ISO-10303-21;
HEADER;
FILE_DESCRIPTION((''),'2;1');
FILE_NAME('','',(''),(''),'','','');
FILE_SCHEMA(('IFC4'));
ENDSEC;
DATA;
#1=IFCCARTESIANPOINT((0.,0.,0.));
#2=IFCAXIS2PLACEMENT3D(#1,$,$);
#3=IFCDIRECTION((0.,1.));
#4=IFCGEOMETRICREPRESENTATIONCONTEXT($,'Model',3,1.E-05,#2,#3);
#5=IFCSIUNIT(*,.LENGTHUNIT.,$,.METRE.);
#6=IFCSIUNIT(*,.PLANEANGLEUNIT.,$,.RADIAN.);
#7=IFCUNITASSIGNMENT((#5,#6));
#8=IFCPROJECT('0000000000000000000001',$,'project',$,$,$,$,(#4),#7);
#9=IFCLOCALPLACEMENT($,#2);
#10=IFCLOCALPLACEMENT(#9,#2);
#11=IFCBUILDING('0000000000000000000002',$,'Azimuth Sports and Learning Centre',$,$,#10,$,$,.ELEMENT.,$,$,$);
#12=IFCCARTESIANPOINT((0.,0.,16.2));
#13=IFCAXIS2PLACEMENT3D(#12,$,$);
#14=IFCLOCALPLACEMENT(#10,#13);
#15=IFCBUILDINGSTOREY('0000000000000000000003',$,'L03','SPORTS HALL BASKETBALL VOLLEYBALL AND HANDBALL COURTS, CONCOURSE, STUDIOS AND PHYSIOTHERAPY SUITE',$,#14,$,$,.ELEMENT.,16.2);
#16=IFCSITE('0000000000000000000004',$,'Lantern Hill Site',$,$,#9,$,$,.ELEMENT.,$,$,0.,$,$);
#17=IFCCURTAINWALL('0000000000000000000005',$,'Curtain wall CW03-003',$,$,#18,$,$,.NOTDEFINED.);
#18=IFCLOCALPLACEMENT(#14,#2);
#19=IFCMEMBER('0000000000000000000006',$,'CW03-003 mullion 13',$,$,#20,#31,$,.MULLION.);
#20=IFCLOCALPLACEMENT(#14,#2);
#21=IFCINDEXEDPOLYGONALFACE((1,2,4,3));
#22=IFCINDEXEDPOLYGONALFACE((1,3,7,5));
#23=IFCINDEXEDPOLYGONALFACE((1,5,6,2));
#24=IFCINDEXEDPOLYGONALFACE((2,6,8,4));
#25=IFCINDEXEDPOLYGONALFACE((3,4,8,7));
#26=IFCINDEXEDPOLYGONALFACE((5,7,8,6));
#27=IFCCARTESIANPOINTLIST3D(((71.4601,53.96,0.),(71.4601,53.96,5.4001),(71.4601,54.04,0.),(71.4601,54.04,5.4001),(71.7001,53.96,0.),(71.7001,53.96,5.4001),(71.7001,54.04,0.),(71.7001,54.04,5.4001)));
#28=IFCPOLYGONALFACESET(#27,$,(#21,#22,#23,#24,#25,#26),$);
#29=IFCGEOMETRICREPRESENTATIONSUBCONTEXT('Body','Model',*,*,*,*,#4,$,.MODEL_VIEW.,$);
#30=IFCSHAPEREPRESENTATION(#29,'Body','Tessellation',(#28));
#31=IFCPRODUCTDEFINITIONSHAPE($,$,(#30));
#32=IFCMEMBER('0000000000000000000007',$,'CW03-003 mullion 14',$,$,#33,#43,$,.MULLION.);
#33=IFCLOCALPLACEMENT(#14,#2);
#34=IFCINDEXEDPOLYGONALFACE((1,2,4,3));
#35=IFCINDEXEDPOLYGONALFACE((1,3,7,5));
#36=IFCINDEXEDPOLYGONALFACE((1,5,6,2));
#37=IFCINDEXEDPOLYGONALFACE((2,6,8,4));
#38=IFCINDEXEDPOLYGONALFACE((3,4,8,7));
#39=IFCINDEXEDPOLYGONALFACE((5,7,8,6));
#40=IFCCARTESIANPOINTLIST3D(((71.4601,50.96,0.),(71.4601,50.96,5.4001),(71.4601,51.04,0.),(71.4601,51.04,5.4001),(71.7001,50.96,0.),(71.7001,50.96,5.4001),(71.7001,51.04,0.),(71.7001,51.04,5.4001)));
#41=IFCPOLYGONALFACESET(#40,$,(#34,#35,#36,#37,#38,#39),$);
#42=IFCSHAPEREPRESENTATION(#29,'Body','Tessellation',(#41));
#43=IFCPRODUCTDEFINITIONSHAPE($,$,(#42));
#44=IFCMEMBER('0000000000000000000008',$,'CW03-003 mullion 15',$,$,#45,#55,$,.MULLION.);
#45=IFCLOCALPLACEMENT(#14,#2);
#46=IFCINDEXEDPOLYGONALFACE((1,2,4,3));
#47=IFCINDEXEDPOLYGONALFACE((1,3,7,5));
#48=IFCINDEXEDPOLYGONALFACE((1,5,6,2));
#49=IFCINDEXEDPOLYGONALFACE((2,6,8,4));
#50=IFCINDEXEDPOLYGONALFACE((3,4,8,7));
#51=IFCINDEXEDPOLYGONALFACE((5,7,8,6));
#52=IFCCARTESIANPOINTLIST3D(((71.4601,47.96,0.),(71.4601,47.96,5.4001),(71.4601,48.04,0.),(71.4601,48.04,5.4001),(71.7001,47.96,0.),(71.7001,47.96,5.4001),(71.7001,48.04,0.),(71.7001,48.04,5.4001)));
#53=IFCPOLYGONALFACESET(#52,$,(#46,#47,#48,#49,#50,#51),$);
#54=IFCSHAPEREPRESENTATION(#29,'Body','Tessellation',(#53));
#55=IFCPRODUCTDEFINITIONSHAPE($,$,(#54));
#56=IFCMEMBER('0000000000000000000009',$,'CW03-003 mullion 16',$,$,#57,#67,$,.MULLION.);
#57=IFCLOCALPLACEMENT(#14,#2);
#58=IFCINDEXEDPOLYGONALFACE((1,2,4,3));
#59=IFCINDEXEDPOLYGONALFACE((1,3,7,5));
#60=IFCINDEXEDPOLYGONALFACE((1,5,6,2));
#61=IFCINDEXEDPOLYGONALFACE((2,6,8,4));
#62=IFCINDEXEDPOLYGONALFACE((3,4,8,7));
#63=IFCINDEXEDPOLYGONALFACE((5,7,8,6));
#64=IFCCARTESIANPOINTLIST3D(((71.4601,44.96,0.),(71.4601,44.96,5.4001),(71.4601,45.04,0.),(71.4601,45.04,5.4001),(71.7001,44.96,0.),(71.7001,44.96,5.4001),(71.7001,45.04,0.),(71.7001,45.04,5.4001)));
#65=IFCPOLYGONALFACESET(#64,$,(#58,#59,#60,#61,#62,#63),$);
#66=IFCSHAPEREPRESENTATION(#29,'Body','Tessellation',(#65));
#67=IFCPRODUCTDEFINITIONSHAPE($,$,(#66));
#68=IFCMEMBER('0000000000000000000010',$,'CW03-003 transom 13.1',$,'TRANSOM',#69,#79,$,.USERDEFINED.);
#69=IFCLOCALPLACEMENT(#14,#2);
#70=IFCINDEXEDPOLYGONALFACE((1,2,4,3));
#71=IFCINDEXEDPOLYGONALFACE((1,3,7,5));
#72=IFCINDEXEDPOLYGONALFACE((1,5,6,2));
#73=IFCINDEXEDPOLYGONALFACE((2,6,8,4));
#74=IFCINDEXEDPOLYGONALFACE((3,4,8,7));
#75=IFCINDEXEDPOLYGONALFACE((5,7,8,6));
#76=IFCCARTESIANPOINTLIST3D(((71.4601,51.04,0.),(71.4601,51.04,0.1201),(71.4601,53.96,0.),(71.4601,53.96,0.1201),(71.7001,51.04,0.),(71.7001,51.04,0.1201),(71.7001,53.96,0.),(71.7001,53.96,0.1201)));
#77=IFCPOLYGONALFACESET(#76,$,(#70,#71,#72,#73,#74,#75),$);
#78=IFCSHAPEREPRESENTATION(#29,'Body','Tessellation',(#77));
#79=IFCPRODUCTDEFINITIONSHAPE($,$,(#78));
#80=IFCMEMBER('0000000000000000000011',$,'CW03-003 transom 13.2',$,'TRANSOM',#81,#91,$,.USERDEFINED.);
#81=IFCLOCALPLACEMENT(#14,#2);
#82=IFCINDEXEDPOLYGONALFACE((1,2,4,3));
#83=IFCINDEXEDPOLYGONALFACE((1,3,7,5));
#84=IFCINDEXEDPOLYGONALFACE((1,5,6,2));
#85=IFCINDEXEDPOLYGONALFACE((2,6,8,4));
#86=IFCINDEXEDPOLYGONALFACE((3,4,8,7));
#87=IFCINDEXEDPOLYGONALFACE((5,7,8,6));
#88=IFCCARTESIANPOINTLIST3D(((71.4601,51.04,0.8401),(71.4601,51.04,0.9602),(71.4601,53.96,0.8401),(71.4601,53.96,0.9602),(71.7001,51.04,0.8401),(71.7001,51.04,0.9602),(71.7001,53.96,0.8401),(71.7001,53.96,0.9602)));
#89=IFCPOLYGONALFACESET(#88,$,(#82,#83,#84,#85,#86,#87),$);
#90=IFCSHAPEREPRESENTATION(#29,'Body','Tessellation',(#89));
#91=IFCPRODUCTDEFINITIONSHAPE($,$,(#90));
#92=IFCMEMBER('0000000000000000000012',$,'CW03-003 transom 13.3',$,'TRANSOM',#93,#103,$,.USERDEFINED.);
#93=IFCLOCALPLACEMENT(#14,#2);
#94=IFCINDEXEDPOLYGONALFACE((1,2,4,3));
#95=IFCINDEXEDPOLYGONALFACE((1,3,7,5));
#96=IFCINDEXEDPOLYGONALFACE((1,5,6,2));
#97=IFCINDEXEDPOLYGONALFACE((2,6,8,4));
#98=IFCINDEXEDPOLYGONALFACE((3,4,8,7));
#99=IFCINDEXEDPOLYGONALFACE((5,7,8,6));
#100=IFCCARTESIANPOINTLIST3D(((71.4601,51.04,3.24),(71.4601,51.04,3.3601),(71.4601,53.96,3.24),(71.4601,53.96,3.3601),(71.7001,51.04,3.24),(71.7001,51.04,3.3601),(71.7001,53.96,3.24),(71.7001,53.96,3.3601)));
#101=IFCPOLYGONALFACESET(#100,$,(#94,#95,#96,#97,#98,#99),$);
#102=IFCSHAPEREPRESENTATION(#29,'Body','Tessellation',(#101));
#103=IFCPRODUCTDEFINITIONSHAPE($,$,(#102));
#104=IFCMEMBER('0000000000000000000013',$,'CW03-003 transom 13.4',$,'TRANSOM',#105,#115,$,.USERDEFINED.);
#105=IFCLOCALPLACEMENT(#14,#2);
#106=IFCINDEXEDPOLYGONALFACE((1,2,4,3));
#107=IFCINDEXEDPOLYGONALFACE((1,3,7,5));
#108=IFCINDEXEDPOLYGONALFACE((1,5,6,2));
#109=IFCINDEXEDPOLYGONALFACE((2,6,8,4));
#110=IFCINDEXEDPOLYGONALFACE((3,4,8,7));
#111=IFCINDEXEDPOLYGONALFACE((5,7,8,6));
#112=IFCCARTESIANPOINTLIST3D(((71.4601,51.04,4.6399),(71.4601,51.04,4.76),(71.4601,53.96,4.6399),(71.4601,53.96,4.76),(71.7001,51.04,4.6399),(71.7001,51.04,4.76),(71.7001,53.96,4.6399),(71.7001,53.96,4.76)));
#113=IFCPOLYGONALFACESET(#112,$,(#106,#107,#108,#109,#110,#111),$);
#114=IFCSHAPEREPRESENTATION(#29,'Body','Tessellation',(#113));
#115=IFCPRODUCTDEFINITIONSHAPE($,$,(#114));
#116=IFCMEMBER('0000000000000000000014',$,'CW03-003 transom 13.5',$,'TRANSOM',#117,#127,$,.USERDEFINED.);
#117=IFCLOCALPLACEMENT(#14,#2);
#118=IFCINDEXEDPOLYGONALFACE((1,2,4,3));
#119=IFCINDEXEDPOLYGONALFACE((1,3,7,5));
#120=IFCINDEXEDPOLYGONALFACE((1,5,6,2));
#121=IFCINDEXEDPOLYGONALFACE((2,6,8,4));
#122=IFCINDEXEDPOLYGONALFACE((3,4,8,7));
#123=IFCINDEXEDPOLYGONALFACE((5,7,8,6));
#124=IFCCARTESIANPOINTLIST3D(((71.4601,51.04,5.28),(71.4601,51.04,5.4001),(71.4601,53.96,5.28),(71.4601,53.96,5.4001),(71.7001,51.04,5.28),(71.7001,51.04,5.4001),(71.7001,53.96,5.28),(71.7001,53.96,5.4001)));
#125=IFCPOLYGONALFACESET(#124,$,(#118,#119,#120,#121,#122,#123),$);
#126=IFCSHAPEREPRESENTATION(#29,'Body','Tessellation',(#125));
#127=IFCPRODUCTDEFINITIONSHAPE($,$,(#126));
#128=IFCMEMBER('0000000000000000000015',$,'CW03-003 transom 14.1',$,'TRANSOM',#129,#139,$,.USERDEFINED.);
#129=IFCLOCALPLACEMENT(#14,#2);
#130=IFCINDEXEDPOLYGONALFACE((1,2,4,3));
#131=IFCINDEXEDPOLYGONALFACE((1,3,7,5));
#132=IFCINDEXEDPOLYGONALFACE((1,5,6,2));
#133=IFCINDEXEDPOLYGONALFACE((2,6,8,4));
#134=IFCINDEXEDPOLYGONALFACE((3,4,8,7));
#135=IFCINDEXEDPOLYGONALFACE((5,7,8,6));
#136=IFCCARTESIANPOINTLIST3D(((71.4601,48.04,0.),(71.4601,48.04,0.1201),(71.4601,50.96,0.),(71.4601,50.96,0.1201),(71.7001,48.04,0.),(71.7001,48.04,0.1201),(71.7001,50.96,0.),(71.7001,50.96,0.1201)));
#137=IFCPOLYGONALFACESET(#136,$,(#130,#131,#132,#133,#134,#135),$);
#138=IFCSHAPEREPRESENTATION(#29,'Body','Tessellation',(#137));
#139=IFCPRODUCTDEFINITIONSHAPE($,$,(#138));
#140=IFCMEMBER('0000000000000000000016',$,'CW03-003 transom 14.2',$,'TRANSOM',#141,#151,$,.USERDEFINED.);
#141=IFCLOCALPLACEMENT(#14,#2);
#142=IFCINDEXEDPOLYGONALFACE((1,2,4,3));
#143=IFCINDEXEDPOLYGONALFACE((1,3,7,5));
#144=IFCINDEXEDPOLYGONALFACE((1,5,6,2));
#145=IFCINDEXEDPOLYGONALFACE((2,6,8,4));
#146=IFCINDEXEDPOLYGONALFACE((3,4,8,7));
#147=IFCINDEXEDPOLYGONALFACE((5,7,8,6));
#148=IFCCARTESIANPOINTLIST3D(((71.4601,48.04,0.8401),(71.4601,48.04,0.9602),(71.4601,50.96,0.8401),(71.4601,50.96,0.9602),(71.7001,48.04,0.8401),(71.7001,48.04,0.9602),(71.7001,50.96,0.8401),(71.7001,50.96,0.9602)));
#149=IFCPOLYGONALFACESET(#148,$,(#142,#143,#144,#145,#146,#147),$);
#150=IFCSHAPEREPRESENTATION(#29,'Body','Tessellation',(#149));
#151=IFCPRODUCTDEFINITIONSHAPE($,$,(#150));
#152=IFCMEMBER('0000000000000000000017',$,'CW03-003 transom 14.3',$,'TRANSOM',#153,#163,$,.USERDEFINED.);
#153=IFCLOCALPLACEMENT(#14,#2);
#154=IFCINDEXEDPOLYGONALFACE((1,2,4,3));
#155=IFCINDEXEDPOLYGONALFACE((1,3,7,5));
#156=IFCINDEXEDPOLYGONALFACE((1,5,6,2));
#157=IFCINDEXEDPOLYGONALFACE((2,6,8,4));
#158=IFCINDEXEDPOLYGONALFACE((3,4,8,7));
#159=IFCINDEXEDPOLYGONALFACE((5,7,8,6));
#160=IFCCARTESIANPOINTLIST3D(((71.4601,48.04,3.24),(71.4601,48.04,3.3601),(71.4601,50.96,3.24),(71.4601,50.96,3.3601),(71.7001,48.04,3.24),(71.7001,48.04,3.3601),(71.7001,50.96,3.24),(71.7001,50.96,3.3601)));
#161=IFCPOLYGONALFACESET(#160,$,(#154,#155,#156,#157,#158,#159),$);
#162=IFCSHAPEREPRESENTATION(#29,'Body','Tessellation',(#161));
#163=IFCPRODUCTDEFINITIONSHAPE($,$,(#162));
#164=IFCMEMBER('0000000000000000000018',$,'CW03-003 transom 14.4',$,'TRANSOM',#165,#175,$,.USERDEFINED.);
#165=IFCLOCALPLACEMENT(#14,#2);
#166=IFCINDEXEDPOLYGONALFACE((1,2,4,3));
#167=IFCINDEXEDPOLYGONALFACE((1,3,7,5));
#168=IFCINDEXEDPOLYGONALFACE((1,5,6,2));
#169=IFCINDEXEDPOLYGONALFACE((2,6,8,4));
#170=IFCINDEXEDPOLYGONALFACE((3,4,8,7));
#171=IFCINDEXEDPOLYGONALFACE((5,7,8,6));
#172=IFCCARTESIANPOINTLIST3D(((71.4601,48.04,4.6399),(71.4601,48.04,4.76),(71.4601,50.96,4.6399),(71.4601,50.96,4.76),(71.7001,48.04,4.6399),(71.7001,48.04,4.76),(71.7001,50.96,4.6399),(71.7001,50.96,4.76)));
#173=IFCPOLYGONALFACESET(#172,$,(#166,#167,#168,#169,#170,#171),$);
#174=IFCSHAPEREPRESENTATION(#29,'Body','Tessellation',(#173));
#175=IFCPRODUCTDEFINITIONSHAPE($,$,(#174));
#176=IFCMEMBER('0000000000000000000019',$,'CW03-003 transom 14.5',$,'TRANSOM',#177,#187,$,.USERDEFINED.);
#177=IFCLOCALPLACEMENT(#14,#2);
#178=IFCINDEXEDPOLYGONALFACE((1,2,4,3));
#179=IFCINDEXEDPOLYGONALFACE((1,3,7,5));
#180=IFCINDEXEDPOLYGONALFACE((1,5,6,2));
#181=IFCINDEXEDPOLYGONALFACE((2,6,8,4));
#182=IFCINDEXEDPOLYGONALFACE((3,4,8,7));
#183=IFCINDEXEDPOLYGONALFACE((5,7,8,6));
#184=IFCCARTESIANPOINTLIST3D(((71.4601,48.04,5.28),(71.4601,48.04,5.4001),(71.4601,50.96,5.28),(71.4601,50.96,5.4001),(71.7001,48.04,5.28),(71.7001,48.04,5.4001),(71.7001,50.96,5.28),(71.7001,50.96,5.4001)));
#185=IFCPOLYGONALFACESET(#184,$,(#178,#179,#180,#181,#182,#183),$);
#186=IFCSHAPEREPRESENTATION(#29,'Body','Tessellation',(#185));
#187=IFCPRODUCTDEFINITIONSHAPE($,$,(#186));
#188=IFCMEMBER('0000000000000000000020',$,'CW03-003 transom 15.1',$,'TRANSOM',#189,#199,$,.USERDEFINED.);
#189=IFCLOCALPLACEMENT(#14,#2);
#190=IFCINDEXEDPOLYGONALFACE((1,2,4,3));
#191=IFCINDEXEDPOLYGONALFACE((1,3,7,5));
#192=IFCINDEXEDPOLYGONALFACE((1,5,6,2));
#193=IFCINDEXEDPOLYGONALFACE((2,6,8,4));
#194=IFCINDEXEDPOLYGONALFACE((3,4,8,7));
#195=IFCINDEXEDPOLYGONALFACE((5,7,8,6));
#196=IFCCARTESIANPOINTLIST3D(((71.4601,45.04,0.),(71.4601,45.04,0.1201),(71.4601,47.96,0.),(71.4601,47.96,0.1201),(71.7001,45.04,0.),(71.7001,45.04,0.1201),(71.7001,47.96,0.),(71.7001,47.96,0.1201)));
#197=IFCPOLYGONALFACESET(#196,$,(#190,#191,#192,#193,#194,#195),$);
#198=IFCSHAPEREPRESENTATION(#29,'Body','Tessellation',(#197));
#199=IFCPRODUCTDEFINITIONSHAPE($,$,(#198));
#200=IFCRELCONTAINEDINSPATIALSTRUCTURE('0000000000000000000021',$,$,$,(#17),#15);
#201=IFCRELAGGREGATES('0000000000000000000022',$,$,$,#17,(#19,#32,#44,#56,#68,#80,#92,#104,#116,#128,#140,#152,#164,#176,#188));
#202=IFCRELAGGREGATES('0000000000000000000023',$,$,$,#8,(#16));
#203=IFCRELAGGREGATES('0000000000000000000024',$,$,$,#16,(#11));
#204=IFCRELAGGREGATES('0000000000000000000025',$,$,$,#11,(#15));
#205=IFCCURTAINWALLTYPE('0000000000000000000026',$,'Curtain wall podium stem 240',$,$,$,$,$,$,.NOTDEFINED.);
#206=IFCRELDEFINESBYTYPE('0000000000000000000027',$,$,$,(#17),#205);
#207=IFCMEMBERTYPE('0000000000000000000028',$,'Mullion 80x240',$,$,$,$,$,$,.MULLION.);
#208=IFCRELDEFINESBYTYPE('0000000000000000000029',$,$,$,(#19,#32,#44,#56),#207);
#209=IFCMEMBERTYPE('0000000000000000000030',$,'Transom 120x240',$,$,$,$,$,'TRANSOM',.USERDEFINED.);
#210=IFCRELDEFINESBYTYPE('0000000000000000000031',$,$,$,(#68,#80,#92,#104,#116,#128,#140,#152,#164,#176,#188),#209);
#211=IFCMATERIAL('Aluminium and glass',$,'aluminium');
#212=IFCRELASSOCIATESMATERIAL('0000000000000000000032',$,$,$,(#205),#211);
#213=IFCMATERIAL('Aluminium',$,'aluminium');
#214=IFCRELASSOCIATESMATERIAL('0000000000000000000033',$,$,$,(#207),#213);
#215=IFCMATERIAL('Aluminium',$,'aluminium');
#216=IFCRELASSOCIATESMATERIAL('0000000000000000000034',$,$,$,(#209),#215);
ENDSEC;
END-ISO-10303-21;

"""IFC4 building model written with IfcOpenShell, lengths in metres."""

from ifc_helpers import new_model, si_unit, direction, frame, origin, origin_2d, place, context, subcontext, project, spatial, rectangle, extrude, material, material_profile, profile_set, type_object, element, aggregate, save


model = new_model("IFC4")

# Units and contexts
model_context = context("Model", 3, precision=1e-05, world=origin(), true_north=direction((0.0, 1.0)))
body_context = subcontext(model_context, "Body", "Model", "MODEL_VIEW")
ifc_project = project(units=[si_unit("LENGTHUNIT", "METRE"), si_unit("PLANEANGLEUNIT", "RADIAN")], contexts=[model_context])

# Site, building, storey
site_placement = place(None, origin())
site = spatial("IfcSite", under=ifc_project, at=site_placement, Name="Lantern Hill Site", CompositionType="ELEMENT", RefElevation=0.0)
building_placement = place(site_placement, origin())
building = spatial("IfcBuilding", under=site, at=building_placement, Name="Azimuth Sports and Learning Centre", CompositionType="ELEMENT")
storey_placement = place(building_placement, frame((0.0, 0.0, 16.2)))
storey = spatial("IfcBuildingStorey", under=building, at=storey_placement, Name="L03", Description="SPORTS HALL BASKETBALL VOLLEYBALL AND HANDBALL COURTS, CONCOURSE, STUDIOS AND PHYSIOTHERAPY SUITE", CompositionType="ELEMENT", Elevation=16.2)

# Curtain wall, members
ifc_material_1 = material(Name="Aluminium and glass", Category="aluminium")
curtain_wall_type = type_object("IfcCurtainWallType", Name="Curtain wall podium stem 240", PredefinedType="NOTDEFINED", material=ifc_material_1)
curtain_wall_placement = place(storey_placement, origin())
curtain_wall = element("IfcCurtainWall", 1, at=curtain_wall_placement, inside=storey, type_object=curtain_wall_type, Name="Curtain wall CW03-003", PredefinedType="NOTDEFINED")
ifc_material_2 = material(Name="Aluminium", Category="aluminium")
ifc_material_profile_1 = material_profile(ifc_material_2, rectangle(XDim=0.24, YDim=0.0801, at=origin_2d()), Name="Mullion 80x240")
ifc_profile_set_1 = profile_set([ifc_material_profile_1], Name="Aluminium")
member_type_1 = type_object("IfcMemberType", Name="Mullion 80x240", PredefinedType="MULLION", material=ifc_profile_set_1)
member_1_placement = place(storey_placement, frame((71.5801, 54.0, 0.0), z_axis=(0.0, 0.0, 1.0), x_axis=(1.0, 0.0, 0.0)))
member_1 = element("IfcMember", 2, at=member_1_placement, type_object=member_type_1, Name="CW03-003 mullion 13", PredefinedType="MULLION", context=body_context, shape_type="SweptSolid", body=[
    extrude(rectangle(XDim=0.24, YDim=0.0801, at=origin_2d()), origin(), (0.0, 0.0, 1.0), 5.4001),
])
member_2_placement = place(storey_placement, frame((71.5801, 51.0, 0.0), z_axis=(0.0, 0.0, 1.0), x_axis=(1.0, 0.0, 0.0)))
member_2 = element("IfcMember", 3, at=member_2_placement, type_object=member_type_1, Name="CW03-003 mullion 14", PredefinedType="MULLION", context=body_context, shape_type="SweptSolid", body=[
    extrude(rectangle(XDim=0.24, YDim=0.0801, at=origin_2d()), origin(), (0.0, 0.0, 1.0), 5.4001),
])
member_3_placement = place(storey_placement, frame((71.5801, 48.0, 0.0), z_axis=(0.0, 0.0, 1.0), x_axis=(1.0, 0.0, 0.0)))
member_3 = element("IfcMember", 4, at=member_3_placement, type_object=member_type_1, Name="CW03-003 mullion 15", PredefinedType="MULLION", context=body_context, shape_type="SweptSolid", body=[
    extrude(rectangle(XDim=0.24, YDim=0.0801, at=origin_2d()), origin(), (0.0, 0.0, 1.0), 5.4001),
])
member_4_placement = place(storey_placement, frame((71.5801, 45.0, 0.0), z_axis=(0.0, 0.0, 1.0), x_axis=(1.0, 0.0, 0.0)))
member_4 = element("IfcMember", 5, at=member_4_placement, type_object=member_type_1, Name="CW03-003 mullion 16", PredefinedType="MULLION", context=body_context, shape_type="SweptSolid", body=[
    extrude(rectangle(XDim=0.24, YDim=0.0801, at=origin_2d()), origin(), (0.0, 0.0, 1.0), 5.4001),
])
ifc_material_3 = material(Name="Aluminium", Category="aluminium")
ifc_material_profile_2 = material_profile(ifc_material_3, rectangle(XDim=0.24, YDim=0.1201, at=origin_2d()), Name="Transom 120x240")
ifc_profile_set_2 = profile_set([ifc_material_profile_2], Name="Aluminium")
member_type_2 = type_object("IfcMemberType", Name="Transom 120x240", ElementType="TRANSOM", PredefinedType="USERDEFINED", material=ifc_profile_set_2)
member_5_placement = place(storey_placement, frame((71.5801, 53.96, 0.0601), z_axis=(0.0, -1.0, 0.0), x_axis=(1.0, 0.0, 0.0)))
member_5 = element("IfcMember", 6, at=member_5_placement, type_object=member_type_2, Name="CW03-003 transom 13.1", ObjectType="TRANSOM", PredefinedType="USERDEFINED", context=body_context, shape_type="SweptSolid", body=[
    extrude(rectangle(XDim=0.24, YDim=0.1201, at=origin_2d()), origin(), (0.0, 0.0, 1.0), 2.9199),
])
member_6_placement = place(storey_placement, frame((71.5801, 53.96, 0.9001), z_axis=(0.0, -1.0, 0.0), x_axis=(1.0, 0.0, 0.0)))
member_6 = element("IfcMember", 7, at=member_6_placement, type_object=member_type_2, Name="CW03-003 transom 13.2", ObjectType="TRANSOM", PredefinedType="USERDEFINED", context=body_context, shape_type="SweptSolid", body=[
    extrude(rectangle(XDim=0.24, YDim=0.1201, at=origin_2d()), origin(), (0.0, 0.0, 1.0), 2.9199),
])
member_7_placement = place(storey_placement, frame((71.5801, 53.96, 3.3), z_axis=(0.0, -1.0, 0.0), x_axis=(1.0, 0.0, 0.0)))
member_7 = element("IfcMember", 8, at=member_7_placement, type_object=member_type_2, Name="CW03-003 transom 13.3", ObjectType="TRANSOM", PredefinedType="USERDEFINED", context=body_context, shape_type="SweptSolid", body=[
    extrude(rectangle(XDim=0.24, YDim=0.1201, at=origin_2d()), origin(), (0.0, 0.0, 1.0), 2.9199),
])
member_8_placement = place(storey_placement, frame((71.5801, 53.96, 4.7), z_axis=(0.0, -1.0, 0.0), x_axis=(1.0, 0.0, 0.0)))
member_8 = element("IfcMember", 9, at=member_8_placement, type_object=member_type_2, Name="CW03-003 transom 13.4", ObjectType="TRANSOM", PredefinedType="USERDEFINED", context=body_context, shape_type="SweptSolid", body=[
    extrude(rectangle(XDim=0.24, YDim=0.1201, at=origin_2d()), origin(), (0.0, 0.0, 1.0), 2.9199),
])
member_9_placement = place(storey_placement, frame((71.5801, 53.96, 5.3401), z_axis=(0.0, -1.0, 0.0), x_axis=(1.0, 0.0, 0.0)))
member_9 = element("IfcMember", 10, at=member_9_placement, type_object=member_type_2, Name="CW03-003 transom 13.5", ObjectType="TRANSOM", PredefinedType="USERDEFINED", context=body_context, shape_type="SweptSolid", body=[
    extrude(rectangle(XDim=0.24, YDim=0.1201, at=origin_2d()), origin(), (0.0, 0.0, 1.0), 2.9199),
])
member_10_placement = place(storey_placement, frame((71.5801, 50.96, 0.0601), z_axis=(0.0, -1.0, 0.0), x_axis=(1.0, 0.0, 0.0)))
member_10 = element("IfcMember", 11, at=member_10_placement, type_object=member_type_2, Name="CW03-003 transom 14.1", ObjectType="TRANSOM", PredefinedType="USERDEFINED", context=body_context, shape_type="SweptSolid", body=[
    extrude(rectangle(XDim=0.24, YDim=0.1201, at=origin_2d()), origin(), (0.0, 0.0, 1.0), 2.9199),
])
member_11_placement = place(storey_placement, frame((71.5801, 50.96, 0.9001), z_axis=(0.0, -1.0, 0.0), x_axis=(1.0, 0.0, 0.0)))
member_11 = element("IfcMember", 12, at=member_11_placement, type_object=member_type_2, Name="CW03-003 transom 14.2", ObjectType="TRANSOM", PredefinedType="USERDEFINED", context=body_context, shape_type="SweptSolid", body=[
    extrude(rectangle(XDim=0.24, YDim=0.1201, at=origin_2d()), origin(), (0.0, 0.0, 1.0), 2.9199),
])
member_12_placement = place(storey_placement, frame((71.5801, 50.96, 3.3), z_axis=(0.0, -1.0, 0.0), x_axis=(1.0, 0.0, 0.0)))
member_12 = element("IfcMember", 13, at=member_12_placement, type_object=member_type_2, Name="CW03-003 transom 14.3", ObjectType="TRANSOM", PredefinedType="USERDEFINED", context=body_context, shape_type="SweptSolid", body=[
    extrude(rectangle(XDim=0.24, YDim=0.1201, at=origin_2d()), origin(), (0.0, 0.0, 1.0), 2.9199),
])
member_13_placement = place(storey_placement, frame((71.5801, 50.96, 4.7), z_axis=(0.0, -1.0, 0.0), x_axis=(1.0, 0.0, 0.0)))
member_13 = element("IfcMember", 14, at=member_13_placement, type_object=member_type_2, Name="CW03-003 transom 14.4", ObjectType="TRANSOM", PredefinedType="USERDEFINED", context=body_context, shape_type="SweptSolid", body=[
    extrude(rectangle(XDim=0.24, YDim=0.1201, at=origin_2d()), origin(), (0.0, 0.0, 1.0), 2.9199),
])
member_14_placement = place(storey_placement, frame((71.5801, 50.96, 5.3401), z_axis=(0.0, -1.0, 0.0), x_axis=(1.0, 0.0, 0.0)))
member_14 = element("IfcMember", 15, at=member_14_placement, type_object=member_type_2, Name="CW03-003 transom 14.5", ObjectType="TRANSOM", PredefinedType="USERDEFINED", context=body_context, shape_type="SweptSolid", body=[
    extrude(rectangle(XDim=0.24, YDim=0.1201, at=origin_2d()), origin(), (0.0, 0.0, 1.0), 2.9199),
])
member_15_placement = place(storey_placement, frame((71.5801, 47.96, 0.0601), z_axis=(0.0, -1.0, 0.0), x_axis=(1.0, 0.0, 0.0)))
member_15 = element("IfcMember", 16, at=member_15_placement, type_object=member_type_2, Name="CW03-003 transom 15.1", ObjectType="TRANSOM", PredefinedType="USERDEFINED", context=body_context, shape_type="SweptSolid", body=[
    extrude(rectangle(XDim=0.24, YDim=0.1201, at=origin_2d()), origin(), (0.0, 0.0, 1.0), 2.9199),
])
aggregate(curtain_wall, [member_1, member_2, member_3, member_4, member_5, member_6, member_7, member_8, member_9, member_10, member_11, member_12, member_13, member_14, member_15])

save(model, "model.ifc")
